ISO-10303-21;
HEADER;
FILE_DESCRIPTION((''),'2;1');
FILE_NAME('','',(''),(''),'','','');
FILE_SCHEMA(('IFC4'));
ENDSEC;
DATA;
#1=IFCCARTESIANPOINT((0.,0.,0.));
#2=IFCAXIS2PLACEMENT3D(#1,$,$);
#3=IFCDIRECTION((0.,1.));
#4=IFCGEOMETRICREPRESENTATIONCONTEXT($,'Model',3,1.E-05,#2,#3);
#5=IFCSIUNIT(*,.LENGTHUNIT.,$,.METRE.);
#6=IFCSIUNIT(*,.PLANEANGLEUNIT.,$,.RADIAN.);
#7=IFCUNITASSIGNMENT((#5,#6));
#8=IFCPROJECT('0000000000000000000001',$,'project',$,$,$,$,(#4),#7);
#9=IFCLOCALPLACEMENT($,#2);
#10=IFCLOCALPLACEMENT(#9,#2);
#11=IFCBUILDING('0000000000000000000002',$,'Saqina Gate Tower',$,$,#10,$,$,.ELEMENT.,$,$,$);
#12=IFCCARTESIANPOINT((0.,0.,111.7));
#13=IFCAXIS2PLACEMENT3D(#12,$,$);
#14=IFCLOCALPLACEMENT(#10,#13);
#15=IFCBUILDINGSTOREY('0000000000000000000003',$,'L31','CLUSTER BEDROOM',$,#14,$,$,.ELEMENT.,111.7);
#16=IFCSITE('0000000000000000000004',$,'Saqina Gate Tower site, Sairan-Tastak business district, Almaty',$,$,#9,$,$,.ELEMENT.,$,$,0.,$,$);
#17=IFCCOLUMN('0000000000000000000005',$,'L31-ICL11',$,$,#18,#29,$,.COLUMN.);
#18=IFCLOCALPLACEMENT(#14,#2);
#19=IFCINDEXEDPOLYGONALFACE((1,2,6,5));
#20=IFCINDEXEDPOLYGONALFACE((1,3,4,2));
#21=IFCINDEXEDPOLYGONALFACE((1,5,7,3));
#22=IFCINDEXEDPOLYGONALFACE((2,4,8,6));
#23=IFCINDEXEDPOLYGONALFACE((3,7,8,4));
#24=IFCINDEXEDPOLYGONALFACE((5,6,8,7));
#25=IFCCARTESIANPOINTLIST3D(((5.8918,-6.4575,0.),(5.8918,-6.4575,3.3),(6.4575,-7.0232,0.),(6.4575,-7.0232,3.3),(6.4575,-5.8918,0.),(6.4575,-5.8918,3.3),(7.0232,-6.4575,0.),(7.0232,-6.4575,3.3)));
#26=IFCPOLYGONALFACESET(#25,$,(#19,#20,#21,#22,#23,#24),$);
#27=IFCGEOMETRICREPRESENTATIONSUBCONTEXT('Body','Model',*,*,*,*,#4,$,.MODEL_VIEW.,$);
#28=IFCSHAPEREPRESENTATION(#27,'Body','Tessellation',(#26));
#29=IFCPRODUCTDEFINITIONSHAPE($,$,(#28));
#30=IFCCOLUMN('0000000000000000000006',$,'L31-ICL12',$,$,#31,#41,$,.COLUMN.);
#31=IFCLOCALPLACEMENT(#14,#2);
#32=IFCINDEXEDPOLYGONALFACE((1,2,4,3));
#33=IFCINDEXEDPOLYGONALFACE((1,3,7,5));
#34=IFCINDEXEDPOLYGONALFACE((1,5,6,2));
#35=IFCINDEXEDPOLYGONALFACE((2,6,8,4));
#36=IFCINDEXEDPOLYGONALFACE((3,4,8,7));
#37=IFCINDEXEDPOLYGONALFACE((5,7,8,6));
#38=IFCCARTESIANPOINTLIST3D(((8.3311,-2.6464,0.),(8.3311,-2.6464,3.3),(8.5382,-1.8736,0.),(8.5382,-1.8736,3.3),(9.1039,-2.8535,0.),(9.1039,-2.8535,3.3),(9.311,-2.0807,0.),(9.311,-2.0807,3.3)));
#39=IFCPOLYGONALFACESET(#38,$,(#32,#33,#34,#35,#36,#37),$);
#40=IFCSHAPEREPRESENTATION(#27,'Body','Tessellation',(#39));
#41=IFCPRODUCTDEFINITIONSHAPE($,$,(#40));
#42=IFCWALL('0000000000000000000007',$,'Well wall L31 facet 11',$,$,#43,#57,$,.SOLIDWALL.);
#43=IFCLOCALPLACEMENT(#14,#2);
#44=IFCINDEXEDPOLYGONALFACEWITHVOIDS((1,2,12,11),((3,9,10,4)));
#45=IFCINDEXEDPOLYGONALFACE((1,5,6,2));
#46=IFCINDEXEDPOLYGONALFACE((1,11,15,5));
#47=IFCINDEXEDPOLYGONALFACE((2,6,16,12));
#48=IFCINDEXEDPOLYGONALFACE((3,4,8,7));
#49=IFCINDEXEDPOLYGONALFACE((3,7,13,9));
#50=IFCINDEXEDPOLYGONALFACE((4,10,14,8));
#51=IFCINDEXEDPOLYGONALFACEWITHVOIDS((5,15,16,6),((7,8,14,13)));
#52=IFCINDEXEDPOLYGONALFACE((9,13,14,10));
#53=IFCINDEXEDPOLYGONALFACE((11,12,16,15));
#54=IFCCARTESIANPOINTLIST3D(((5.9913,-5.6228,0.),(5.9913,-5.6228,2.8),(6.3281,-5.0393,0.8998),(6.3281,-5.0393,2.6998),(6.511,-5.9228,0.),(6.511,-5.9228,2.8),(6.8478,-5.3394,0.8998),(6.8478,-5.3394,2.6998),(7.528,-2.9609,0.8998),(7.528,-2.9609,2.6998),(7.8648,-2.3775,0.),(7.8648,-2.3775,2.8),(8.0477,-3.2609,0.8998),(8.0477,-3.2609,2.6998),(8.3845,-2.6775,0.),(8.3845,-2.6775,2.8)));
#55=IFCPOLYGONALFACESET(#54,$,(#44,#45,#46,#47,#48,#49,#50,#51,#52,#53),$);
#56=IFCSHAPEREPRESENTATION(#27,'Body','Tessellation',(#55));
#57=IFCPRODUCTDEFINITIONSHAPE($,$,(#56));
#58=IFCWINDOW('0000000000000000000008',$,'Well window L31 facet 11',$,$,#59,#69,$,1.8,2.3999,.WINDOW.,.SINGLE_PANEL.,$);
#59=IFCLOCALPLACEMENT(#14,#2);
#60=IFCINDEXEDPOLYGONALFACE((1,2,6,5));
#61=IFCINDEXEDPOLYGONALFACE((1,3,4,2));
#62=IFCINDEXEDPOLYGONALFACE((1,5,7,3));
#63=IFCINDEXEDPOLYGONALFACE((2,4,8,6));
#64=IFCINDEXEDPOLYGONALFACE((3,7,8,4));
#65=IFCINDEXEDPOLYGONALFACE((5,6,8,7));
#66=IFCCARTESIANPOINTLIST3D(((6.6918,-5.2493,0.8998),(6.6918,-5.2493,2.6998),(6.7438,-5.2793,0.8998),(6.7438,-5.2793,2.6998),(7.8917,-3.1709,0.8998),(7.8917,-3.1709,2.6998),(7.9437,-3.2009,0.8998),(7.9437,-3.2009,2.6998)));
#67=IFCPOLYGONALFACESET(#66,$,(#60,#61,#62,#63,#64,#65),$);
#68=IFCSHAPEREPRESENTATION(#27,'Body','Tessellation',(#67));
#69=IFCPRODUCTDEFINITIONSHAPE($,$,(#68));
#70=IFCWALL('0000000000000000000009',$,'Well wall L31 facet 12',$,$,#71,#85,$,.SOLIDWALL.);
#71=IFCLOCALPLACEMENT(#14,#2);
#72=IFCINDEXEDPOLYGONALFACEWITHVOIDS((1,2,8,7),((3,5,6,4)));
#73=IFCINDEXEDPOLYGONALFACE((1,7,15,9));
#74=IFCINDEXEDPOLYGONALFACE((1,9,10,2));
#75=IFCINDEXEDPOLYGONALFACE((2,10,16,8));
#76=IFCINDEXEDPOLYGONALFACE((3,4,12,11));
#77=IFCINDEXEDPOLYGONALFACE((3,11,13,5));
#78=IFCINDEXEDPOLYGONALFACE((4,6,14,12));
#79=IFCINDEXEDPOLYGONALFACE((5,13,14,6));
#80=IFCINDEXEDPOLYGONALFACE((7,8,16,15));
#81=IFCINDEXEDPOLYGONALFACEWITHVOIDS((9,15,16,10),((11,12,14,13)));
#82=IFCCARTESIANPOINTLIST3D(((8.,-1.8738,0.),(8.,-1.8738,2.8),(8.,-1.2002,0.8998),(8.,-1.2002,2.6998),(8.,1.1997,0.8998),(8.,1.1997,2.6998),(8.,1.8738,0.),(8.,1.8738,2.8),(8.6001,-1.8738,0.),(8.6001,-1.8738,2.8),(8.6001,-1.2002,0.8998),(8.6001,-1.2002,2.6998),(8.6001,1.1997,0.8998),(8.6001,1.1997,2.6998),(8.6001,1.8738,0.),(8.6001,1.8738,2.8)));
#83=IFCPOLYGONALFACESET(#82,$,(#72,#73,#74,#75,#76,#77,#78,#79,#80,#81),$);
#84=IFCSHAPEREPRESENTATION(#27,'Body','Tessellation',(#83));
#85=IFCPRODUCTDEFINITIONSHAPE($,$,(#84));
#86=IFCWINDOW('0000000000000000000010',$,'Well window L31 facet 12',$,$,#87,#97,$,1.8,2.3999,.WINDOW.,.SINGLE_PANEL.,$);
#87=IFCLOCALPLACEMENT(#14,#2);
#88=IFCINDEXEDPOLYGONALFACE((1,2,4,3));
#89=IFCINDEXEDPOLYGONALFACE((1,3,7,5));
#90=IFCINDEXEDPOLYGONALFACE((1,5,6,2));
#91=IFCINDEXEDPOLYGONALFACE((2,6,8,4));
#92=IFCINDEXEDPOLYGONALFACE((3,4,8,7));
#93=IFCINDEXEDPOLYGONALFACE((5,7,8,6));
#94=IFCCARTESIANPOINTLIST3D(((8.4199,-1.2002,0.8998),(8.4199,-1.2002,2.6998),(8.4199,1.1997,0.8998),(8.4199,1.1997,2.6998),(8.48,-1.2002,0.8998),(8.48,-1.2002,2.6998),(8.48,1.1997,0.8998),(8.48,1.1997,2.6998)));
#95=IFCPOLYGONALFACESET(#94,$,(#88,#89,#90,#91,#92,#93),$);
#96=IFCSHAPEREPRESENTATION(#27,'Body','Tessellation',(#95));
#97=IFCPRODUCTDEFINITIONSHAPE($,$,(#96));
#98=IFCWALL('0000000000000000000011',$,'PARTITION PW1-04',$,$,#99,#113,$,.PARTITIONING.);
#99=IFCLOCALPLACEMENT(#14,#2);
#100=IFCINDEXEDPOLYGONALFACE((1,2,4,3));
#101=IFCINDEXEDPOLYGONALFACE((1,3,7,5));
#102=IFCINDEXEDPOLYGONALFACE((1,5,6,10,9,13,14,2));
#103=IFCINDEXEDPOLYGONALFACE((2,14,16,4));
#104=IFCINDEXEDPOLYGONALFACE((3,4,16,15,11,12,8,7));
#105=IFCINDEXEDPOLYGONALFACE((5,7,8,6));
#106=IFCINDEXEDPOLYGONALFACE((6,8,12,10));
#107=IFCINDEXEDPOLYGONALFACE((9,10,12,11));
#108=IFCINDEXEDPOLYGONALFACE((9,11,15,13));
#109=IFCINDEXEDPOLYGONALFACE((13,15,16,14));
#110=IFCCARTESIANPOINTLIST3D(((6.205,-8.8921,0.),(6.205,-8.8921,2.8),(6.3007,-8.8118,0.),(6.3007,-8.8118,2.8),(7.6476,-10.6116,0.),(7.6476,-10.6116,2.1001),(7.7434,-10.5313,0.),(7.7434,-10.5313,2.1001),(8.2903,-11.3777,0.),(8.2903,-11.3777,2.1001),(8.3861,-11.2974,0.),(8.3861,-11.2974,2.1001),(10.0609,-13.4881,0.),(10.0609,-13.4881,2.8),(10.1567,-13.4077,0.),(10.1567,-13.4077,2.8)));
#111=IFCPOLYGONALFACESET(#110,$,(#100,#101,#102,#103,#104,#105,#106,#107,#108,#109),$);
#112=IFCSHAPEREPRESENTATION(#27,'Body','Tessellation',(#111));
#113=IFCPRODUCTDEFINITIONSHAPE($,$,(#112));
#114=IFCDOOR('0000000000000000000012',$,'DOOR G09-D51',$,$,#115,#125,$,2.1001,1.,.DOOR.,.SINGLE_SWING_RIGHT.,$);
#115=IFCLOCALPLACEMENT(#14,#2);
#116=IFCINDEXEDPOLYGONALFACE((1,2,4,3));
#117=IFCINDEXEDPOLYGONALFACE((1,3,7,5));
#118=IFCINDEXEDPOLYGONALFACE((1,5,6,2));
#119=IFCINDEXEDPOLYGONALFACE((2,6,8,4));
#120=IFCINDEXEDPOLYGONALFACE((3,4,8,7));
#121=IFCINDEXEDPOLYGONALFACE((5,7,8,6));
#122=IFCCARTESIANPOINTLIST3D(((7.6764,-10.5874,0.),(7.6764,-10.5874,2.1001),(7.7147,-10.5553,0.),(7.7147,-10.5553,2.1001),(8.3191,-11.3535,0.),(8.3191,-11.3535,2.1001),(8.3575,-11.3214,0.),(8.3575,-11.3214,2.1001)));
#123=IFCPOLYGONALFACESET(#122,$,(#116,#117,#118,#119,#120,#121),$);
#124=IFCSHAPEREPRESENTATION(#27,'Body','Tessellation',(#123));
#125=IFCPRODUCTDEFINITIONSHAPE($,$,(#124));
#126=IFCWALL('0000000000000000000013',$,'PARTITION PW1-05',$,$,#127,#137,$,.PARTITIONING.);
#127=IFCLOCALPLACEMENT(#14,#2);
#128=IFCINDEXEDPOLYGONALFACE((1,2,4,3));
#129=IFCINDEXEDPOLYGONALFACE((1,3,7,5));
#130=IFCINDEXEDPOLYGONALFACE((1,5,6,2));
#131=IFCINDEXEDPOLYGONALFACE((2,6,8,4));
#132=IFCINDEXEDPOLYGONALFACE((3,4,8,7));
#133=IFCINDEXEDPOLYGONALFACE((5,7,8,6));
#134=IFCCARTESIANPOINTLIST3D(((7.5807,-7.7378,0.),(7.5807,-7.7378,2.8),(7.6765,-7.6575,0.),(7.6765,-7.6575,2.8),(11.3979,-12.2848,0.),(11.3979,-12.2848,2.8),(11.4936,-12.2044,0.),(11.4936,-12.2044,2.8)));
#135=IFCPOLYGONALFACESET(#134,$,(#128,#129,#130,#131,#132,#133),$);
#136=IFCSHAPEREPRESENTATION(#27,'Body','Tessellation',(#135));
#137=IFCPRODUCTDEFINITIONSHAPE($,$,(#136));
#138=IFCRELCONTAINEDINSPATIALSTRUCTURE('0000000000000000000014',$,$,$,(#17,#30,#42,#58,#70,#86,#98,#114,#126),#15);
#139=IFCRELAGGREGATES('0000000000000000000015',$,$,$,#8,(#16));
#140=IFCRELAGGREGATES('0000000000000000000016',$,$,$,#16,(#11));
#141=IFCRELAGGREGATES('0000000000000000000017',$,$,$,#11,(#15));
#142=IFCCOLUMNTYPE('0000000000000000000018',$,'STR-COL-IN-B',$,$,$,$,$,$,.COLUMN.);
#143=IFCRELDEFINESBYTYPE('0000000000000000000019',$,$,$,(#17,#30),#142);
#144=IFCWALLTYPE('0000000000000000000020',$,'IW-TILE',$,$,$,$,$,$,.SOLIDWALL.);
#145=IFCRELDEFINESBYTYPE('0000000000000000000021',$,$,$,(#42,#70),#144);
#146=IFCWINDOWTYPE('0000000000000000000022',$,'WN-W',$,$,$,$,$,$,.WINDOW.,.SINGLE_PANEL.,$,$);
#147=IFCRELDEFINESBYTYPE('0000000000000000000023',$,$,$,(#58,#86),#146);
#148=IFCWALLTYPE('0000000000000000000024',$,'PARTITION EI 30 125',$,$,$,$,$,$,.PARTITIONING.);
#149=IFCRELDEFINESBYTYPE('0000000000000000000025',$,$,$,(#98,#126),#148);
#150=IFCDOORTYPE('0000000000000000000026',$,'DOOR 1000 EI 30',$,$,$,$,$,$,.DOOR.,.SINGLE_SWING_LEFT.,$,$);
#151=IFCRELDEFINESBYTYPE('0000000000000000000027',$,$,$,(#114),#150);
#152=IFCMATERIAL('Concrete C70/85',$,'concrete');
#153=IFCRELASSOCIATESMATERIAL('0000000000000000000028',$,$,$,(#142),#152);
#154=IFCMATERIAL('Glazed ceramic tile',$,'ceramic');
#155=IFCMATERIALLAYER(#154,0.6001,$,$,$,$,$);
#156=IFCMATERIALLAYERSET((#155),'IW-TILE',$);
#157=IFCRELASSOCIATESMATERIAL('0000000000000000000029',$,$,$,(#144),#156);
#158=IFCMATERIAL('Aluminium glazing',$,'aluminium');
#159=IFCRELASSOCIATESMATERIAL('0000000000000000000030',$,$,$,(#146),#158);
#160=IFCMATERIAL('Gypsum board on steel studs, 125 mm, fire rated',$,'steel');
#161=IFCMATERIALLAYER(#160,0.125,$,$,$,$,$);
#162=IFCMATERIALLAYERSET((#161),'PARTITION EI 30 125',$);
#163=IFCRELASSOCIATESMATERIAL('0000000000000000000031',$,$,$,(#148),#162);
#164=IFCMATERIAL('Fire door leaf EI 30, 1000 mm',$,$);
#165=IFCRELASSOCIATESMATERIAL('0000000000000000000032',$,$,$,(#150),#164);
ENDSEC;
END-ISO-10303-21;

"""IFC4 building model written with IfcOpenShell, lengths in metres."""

from ifc_helpers import new_model, si_unit, direction, frame, frame_2d, origin, origin_2d, place, context, subcontext, project, spatial, rectangle, extrude, material, layer, layer_set, material_profile, profile_set, type_object, element, fill, save


model = new_model("IFC4")

# Units and contexts
model_context = context("Model", 3, precision=1e-05, world=origin(), true_north=direction((0.0, 1.0)))
body_context = subcontext(model_context, "Body", "Model", "MODEL_VIEW")
ifc_project = project(units=[si_unit("LENGTHUNIT", "METRE"), si_unit("PLANEANGLEUNIT", "RADIAN")], contexts=[model_context])

# Site, building, storey
site_placement = place(None, origin())
site = spatial("IfcSite", under=ifc_project, at=site_placement, Name="Saqina Gate Tower site, Sairan-Tastak business district, Almaty", CompositionType="ELEMENT", RefElevation=0.0)
building_placement = place(site_placement, origin())
building = spatial("IfcBuilding", under=site, at=building_placement, Name="Saqina Gate Tower", CompositionType="ELEMENT")
storey_placement = place(building_placement, frame((0.0, 0.0, 111.7)))
storey = spatial("IfcBuildingStorey", under=building, at=storey_placement, Name="L31", Description="CLUSTER BEDROOM", CompositionType="ELEMENT", Elevation=111.7)

# Columns
ifc_material_1 = material(Name="Concrete C70/85", Category="concrete")
ifc_material_profile = material_profile(ifc_material_1, rectangle(XDim=0.8, YDim=0.8, at=origin_2d()), Name="RC 800x800")
ifc_profile_set = profile_set([ifc_material_profile], Name="Concrete C70/85")
column_type = type_object("IfcColumnType", Name="STR-COL-IN-B", PredefinedType="COLUMN", material=ifc_profile_set)
for number, where, z_axis, x_axis, name in (
    (1, (6.4575, -6.4575, 0.0), (0.0, 0.0, 1.0), (0.707107, -0.707107, 0.0), "L31-ICL11"),
    (2, (8.821, -2.3635, 0.0), (0.0, 0.0, 1.0), (0.965926, -0.258819, 0.0), "L31-ICL12"),
):
    element("IfcColumn", number, at=place(storey_placement, frame(where, z_axis=z_axis, x_axis=x_axis)), inside=storey, type_object=column_type, Name=name, PredefinedType="COLUMN", context=body_context, shape_type="SweptSolid", body=[
        extrude(rectangle(XDim=0.8, YDim=0.8, at=origin_2d()), origin(), (0.0, 0.0, 1.0), 3.3),
    ])

# Walls, openings, windows
ifc_material_2 = material(Name="Glazed ceramic tile", Category="ceramic")
ifc_layer_1 = layer(ifc_material_2, 0.6001)
ifc_layer_set_1 = layer_set([ifc_layer_1], Name="IW-TILE")
wall_type_1 = type_object("IfcWallType", Name="IW-TILE", PredefinedType="SOLIDWALL", material=ifc_layer_set_1)
wall_1_placement = place(storey_placement, frame((6.2512, -5.7727, 0.0), z_axis=(0.0, 0.0, 1.0), x_axis=(0.499965, 0.866046, 0.0)))
wall_1 = element("IfcWall", 3, at=wall_1_placement, inside=storey, type_object=wall_type_1, Name="Well wall L31 facet 11", PredefinedType="SOLIDWALL", context=body_context, shape_type="SweptSolid", body=[
    extrude(rectangle(XDim=3.7473, YDim=0.6001, at=frame_2d((1.8735, 0.0))), origin(), (0.0, 0.0, 1.0), 2.8),
])
opening_1_placement = place(wall_1_placement, frame((0.6736, 0.0, 0.8999)))
opening_1 = element("IfcOpeningElement", 4, at=opening_1_placement, cuts=wall_1, PredefinedType="OPENING", context=body_context, shape_type="SweptSolid", body=[
    extrude(rectangle(XDim=2.3999, YDim=1.8, at=frame_2d((1.2, 0.8999))), frame((0.0, 0.312, 0.0), z_axis=(0.0, -1.0, 0.0), x_axis=(1.0, 0.0, 0.0)), (0.0, 0.0, 1.0), 0.624),
])
ifc_material_3 = material(Name="Aluminium glazing", Category="aluminium")
window_type = type_object("IfcWindowType", Name="WN-W", PartitioningType="SINGLE_PANEL", PredefinedType="WINDOW", material=ifc_material_3)
window_1_placement = place(opening_1_placement, origin())
window_1 = element("IfcWindow", 5, at=window_1_placement, inside=storey, type_object=window_type, Name="Well window L31 facet 11", OverallHeight=1.8, OverallWidth=2.3999, PartitioningType="SINGLE_PANEL", PredefinedType="WINDOW", context=body_context, shape_type="SweptSolid", body=[
    extrude(rectangle(XDim=2.3999, YDim=1.8, at=frame_2d((1.2, 0.8999))), frame((0.0, -0.1199, 0.0), z_axis=(0.0, -1.0, 0.0), x_axis=(1.0, 0.0, 0.0)), (0.0, 0.0, 1.0), 0.0601),
])
fill(opening_1, window_1)
wall_2_placement = place(storey_placement, frame((8.3, -1.8738, 0.0), z_axis=(0.0, 0.0, 1.0), x_axis=(0.0, 1.0, 0.0)))
wall_2 = element("IfcWall", 6, at=wall_2_placement, inside=storey, type_object=wall_type_1, Name="Well wall L31 facet 12", PredefinedType="SOLIDWALL", context=body_context, shape_type="SweptSolid", body=[
    extrude(rectangle(XDim=3.7476, YDim=0.6001, at=frame_2d((1.8738, 0.0))), origin(), (0.0, 0.0, 1.0), 2.8),
])
opening_2_placement = place(wall_2_placement, frame((0.6736, 0.0, 0.8999)))
opening_2 = element("IfcOpeningElement", 7, at=opening_2_placement, cuts=wall_2, PredefinedType="OPENING", context=body_context, shape_type="SweptSolid", body=[
    extrude(rectangle(XDim=2.3999, YDim=1.8, at=frame_2d((1.2, 0.8999))), frame((0.0, 0.312, 0.0), z_axis=(0.0, -1.0, 0.0), x_axis=(1.0, 0.0, 0.0)), (0.0, 0.0, 1.0), 0.624),
])
window_2_placement = place(opening_2_placement, origin())
window_2 = element("IfcWindow", 8, at=window_2_placement, inside=storey, type_object=window_type, Name="Well window L31 facet 12", OverallHeight=1.8, OverallWidth=2.3999, PartitioningType="SINGLE_PANEL", PredefinedType="WINDOW", context=body_context, shape_type="SweptSolid", body=[
    extrude(rectangle(XDim=2.3999, YDim=1.8, at=frame_2d((1.2, 0.8999))), frame((0.0, -0.1199, 0.0), z_axis=(0.0, -1.0, 0.0), x_axis=(1.0, 0.0, 0.0)), (0.0, 0.0, 1.0), 0.0601),
])
fill(opening_2, window_2)

# Wall, opening, door
ifc_material_4 = material(Name="Gypsum board on steel studs, 125 mm, fire rated", Category="steel")
ifc_layer_2 = layer(ifc_material_4, 0.125)
ifc_layer_set_2 = layer_set([ifc_layer_2], Name="PARTITION EI 30 125")
wall_type_2 = type_object("IfcWallType", Name="PARTITION EI 30 125", PredefinedType="PARTITIONING", material=ifc_layer_set_2)
wall_3_placement = place(storey_placement, frame((6.2529, -8.8521, 0.0), z_axis=(0.0, 0.0, 1.0), x_axis=(0.642739, -0.766086, 0.0)))
wall_3 = element("IfcWall", 9, at=wall_3_placement, inside=storey, type_object=wall_type_2, Name="PARTITION PW1-04", PredefinedType="PARTITIONING", context=body_context, shape_type="SweptSolid", body=[
    extrude(rectangle(XDim=5.9993, YDim=0.125, at=frame_2d((2.9995, 0.0))), origin(), (0.0, 0.0, 1.0), 2.8),
])
opening_3_placement = place(wall_3_placement, frame((2.2444, 0.0, 0.0)))
opening_3 = element("IfcOpeningElement", 10, at=opening_3_placement, cuts=wall_3, PredefinedType="OPENING", context=body_context, shape_type="SweptSolid", body=[
    extrude(rectangle(XDim=1.0, YDim=2.1001, at=frame_2d((0.5, 1.05))), frame((0.0, 0.0745, 0.0), z_axis=(0.0, -1.0, 0.0), x_axis=(1.0, 0.0, 0.0)), (0.0, 0.0, 1.0), 0.1489),
])
ifc_material_5 = material(Name="Fire door leaf EI 30, 1000 mm")
door_type_1 = type_object("IfcDoorType", Name="DOOR 1000 EI 30", OperationType="SINGLE_SWING_LEFT", PredefinedType="DOOR", material=ifc_material_5)
door_1_placement = place(opening_3_placement, frame((1.0, 0.0, 0.0), z_axis=(0.0, 0.0, 1.0), x_axis=(-1.0, 0.0, 0.0)))
door_1 = element("IfcDoor", 11, at=door_1_placement, inside=storey, type_object=door_type_1, Name="DOOR G09-D51", OperationType="SINGLE_SWING_RIGHT", OverallHeight=2.1001, OverallWidth=1.0, PredefinedType="DOOR", context=body_context, shape_type="SweptSolid", body=[
    extrude(rectangle(XDim=1.0, YDim=2.1001, at=frame_2d((0.5, 1.05))), frame((0.0, 0.0249, 0.0), z_axis=(0.0, -1.0, 0.0), x_axis=(1.0, 0.0, 0.0)), (0.0, 0.0, 1.0), 0.05),
])
fill(opening_3, door_1)

# Wall
wall_4_placement = place(storey_placement, frame((7.6287, -7.6978, 0.0), z_axis=(0.0, 0.0, 1.0), x_axis=(0.642971, -0.76589, 0.0)))
element("IfcWall", 12, at=wall_4_placement, inside=storey, type_object=wall_type_2, Name="PARTITION PW1-05", PredefinedType="PARTITIONING", context=body_context, shape_type="SweptSolid", body=[
    extrude(rectangle(XDim=5.9368, YDim=0.125, at=frame_2d((2.9683, 0.0))), origin(), (0.0, 0.0, 1.0), 2.8),
])

save(model, "model.ifc")
